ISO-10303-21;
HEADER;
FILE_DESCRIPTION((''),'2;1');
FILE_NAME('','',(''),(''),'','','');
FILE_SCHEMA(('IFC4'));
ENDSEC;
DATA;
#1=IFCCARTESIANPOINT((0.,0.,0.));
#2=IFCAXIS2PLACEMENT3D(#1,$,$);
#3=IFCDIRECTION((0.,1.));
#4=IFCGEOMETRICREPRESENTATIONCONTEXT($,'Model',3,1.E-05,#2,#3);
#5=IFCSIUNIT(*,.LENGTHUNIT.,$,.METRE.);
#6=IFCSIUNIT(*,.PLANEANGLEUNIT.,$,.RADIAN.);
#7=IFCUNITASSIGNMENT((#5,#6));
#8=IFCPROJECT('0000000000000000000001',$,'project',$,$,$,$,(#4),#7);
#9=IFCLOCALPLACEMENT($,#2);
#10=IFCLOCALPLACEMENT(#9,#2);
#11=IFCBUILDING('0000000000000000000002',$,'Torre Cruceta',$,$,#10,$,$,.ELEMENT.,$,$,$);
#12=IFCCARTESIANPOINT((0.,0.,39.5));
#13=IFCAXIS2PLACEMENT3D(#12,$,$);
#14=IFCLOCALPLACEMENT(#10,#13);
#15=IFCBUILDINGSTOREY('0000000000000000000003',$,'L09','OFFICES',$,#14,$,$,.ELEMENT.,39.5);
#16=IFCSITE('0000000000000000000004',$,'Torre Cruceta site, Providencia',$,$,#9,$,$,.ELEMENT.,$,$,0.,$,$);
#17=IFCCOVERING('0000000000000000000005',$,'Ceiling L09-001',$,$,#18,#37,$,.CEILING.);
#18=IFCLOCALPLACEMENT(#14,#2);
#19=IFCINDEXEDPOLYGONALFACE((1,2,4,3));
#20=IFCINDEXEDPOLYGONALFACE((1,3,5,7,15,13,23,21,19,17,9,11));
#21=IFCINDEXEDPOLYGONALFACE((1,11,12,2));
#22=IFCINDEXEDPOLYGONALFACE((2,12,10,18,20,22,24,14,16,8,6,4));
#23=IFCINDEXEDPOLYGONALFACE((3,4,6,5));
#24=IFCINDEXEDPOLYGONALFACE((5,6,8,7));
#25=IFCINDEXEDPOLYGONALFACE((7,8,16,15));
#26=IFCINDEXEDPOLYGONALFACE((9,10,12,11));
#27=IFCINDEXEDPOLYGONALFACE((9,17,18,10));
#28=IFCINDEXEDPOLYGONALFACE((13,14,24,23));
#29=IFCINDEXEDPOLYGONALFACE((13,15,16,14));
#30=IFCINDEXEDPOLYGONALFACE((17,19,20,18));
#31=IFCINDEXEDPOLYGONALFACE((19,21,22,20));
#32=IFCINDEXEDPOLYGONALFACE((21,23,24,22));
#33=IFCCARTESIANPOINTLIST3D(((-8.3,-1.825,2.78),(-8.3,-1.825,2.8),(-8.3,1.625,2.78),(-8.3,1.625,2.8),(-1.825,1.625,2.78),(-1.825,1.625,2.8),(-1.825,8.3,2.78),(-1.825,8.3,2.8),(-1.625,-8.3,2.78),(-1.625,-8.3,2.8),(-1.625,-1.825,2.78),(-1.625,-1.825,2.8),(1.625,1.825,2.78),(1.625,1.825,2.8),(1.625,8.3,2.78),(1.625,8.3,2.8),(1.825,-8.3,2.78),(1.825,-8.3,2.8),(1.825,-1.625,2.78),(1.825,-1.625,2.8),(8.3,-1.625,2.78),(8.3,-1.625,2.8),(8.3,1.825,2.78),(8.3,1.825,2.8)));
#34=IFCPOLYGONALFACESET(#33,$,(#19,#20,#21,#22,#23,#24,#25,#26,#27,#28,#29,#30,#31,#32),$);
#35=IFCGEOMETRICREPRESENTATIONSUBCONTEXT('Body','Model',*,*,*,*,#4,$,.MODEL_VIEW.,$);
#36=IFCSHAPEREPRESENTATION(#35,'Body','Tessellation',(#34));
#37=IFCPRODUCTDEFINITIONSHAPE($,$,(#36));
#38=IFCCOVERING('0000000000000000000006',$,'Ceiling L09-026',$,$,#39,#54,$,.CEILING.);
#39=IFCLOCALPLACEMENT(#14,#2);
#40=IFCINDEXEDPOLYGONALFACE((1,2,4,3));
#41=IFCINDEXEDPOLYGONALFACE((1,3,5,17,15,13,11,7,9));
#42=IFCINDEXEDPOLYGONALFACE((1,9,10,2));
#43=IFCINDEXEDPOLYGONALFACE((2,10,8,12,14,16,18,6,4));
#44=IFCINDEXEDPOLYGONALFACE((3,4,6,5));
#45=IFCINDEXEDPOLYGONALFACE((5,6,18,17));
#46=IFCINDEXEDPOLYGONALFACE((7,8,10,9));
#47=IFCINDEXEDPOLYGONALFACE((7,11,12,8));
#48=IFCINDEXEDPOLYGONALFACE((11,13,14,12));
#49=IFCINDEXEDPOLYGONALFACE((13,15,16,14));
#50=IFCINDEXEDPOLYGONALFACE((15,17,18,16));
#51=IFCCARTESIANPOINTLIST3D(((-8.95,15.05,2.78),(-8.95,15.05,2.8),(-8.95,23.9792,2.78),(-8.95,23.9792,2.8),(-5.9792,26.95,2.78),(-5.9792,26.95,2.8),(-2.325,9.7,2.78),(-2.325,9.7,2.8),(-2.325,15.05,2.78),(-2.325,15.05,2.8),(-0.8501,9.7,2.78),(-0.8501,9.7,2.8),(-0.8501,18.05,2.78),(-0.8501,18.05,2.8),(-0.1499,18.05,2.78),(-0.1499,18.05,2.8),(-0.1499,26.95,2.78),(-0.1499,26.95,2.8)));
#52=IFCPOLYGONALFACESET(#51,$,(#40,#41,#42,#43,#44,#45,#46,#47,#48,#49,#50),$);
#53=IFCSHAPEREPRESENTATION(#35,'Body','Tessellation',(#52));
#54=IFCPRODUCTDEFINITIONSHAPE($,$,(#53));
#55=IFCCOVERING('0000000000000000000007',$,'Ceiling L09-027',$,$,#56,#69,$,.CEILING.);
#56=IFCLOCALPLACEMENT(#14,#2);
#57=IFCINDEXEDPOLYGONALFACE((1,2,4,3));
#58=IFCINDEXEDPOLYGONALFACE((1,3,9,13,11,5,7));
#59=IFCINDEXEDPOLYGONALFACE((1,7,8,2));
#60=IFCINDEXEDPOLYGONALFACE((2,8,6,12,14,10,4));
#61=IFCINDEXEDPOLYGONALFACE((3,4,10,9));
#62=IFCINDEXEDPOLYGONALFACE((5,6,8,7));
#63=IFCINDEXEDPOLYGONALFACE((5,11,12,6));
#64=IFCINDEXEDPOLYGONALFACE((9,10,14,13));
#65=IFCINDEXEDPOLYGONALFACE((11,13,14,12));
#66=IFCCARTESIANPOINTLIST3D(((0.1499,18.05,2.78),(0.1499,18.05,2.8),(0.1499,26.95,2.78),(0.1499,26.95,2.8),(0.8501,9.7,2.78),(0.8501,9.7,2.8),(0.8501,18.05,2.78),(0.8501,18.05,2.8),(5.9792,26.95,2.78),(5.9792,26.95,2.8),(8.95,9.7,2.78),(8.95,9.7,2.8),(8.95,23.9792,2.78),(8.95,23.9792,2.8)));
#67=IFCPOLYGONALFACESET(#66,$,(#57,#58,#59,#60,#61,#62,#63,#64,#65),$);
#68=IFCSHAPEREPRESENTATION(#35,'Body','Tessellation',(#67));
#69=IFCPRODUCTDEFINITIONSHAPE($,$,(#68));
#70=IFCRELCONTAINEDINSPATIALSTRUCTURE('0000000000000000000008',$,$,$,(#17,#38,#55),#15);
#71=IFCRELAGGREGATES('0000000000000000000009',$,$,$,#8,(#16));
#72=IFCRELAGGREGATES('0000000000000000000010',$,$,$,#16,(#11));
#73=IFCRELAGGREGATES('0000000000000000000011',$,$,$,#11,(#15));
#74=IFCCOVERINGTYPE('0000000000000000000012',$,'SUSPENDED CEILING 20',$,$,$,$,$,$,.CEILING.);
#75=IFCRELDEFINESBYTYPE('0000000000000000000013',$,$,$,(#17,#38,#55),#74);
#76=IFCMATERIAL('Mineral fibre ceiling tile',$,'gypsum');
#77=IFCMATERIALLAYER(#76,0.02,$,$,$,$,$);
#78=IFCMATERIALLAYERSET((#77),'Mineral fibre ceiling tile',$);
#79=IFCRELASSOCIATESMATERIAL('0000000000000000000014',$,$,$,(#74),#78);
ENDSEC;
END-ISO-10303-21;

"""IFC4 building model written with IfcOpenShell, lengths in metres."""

from ifc_helpers import new_model, si_unit, direction, frame, origin, place, context, subcontext, project, spatial, polyline, outline, extrude, material, layer, layer_set, type_object, element, save


model = new_model("IFC4")

# Units and contexts
model_context = context("Model", 3, precision=1e-05, world=origin(), true_north=direction((0.0, 1.0)))
body_context = subcontext(model_context, "Body", "Model", "MODEL_VIEW")
ifc_project = project(units=[si_unit("LENGTHUNIT", "METRE"), si_unit("PLANEANGLEUNIT", "RADIAN")], contexts=[model_context])

# Site, building, storey
site_placement = place(None, origin())
site = spatial("IfcSite", under=ifc_project, at=site_placement, Name="Torre Cruceta site, Providencia", CompositionType="ELEMENT", RefElevation=0.0)
building_placement = place(site_placement, origin())
building = spatial("IfcBuilding", under=site, at=building_placement, Name="Torre Cruceta", CompositionType="ELEMENT")
storey_placement = place(building_placement, frame((0.0, 0.0, 39.5)))
storey = spatial("IfcBuildingStorey", under=building, at=storey_placement, Name="L09", Description="OFFICES", CompositionType="ELEMENT", Elevation=39.5)

# Coverings
ifc_material_1 = material(Name="Mineral fibre ceiling tile", Category="gypsum")
ifc_layer_1 = layer(ifc_material_1, 0.02)
ifc_layer_set_1 = layer_set([ifc_layer_1], Name="Mineral fibre ceiling tile")
covering_type_1 = type_object("IfcCoveringType", Name="SUSPENDED CEILING 20", PredefinedType="CEILING", material=ifc_layer_set_1)
covering_1_placement = place(storey_placement, frame((0.0, 0.0, 2.78)))
element("IfcCovering", 1, at=covering_1_placement, inside=storey, type_object=covering_type_1, Name="Ceiling L09-001", PredefinedType="CEILING", context=body_context, shape_type="SweptSolid", body=[
    extrude(outline(polyline([(-1.625, -8.3), (-1.625, -1.825), (-8.3, -1.825), (-8.3, 1.625), (-1.825, 1.625), (-1.825, 8.3), (1.625, 8.3), (1.625, 1.825), (8.3, 1.825), (8.3, -1.625), (1.825, -1.625), (1.825, -8.3), (-1.625, -8.3)])), origin(), (0.0, 0.0, 1.0), 0.02),
])
covering_2_placement = place(storey_placement, frame((0.0, 0.0, 2.78)))
element("IfcCovering", 2, at=covering_2_placement, inside=storey, type_object=covering_type_1, Name="Ceiling L09-026", PredefinedType="CEILING", context=body_context, shape_type="SweptSolid", body=[
    extrude(outline(polyline([(-5.9792, 26.95), (-0.1499, 26.95), (-0.1499, 18.05), (-0.8501, 18.05), (-0.8501, 9.7), (-2.325, 9.7), (-2.325, 15.05), (-8.95, 15.05), (-8.95, 23.9792), (-5.9792, 26.95)])), origin(), (0.0, 0.0, 1.0), 0.02),
])
covering_3_placement = place(storey_placement, frame((0.0, 0.0, 2.78)))
element("IfcCovering", 3, at=covering_3_placement, inside=storey, type_object=covering_type_1, Name="Ceiling L09-027", PredefinedType="CEILING", context=body_context, shape_type="SweptSolid", body=[
    extrude(outline(polyline([(5.9792, 26.95), (8.95, 23.9792), (8.95, 9.7), (0.8501, 9.7), (0.8501, 18.05), (0.1499, 18.05), (0.1499, 26.95), (5.9792, 26.95)])), origin(), (0.0, 0.0, 1.0), 0.02),
])

save(model, "model.ifc")
